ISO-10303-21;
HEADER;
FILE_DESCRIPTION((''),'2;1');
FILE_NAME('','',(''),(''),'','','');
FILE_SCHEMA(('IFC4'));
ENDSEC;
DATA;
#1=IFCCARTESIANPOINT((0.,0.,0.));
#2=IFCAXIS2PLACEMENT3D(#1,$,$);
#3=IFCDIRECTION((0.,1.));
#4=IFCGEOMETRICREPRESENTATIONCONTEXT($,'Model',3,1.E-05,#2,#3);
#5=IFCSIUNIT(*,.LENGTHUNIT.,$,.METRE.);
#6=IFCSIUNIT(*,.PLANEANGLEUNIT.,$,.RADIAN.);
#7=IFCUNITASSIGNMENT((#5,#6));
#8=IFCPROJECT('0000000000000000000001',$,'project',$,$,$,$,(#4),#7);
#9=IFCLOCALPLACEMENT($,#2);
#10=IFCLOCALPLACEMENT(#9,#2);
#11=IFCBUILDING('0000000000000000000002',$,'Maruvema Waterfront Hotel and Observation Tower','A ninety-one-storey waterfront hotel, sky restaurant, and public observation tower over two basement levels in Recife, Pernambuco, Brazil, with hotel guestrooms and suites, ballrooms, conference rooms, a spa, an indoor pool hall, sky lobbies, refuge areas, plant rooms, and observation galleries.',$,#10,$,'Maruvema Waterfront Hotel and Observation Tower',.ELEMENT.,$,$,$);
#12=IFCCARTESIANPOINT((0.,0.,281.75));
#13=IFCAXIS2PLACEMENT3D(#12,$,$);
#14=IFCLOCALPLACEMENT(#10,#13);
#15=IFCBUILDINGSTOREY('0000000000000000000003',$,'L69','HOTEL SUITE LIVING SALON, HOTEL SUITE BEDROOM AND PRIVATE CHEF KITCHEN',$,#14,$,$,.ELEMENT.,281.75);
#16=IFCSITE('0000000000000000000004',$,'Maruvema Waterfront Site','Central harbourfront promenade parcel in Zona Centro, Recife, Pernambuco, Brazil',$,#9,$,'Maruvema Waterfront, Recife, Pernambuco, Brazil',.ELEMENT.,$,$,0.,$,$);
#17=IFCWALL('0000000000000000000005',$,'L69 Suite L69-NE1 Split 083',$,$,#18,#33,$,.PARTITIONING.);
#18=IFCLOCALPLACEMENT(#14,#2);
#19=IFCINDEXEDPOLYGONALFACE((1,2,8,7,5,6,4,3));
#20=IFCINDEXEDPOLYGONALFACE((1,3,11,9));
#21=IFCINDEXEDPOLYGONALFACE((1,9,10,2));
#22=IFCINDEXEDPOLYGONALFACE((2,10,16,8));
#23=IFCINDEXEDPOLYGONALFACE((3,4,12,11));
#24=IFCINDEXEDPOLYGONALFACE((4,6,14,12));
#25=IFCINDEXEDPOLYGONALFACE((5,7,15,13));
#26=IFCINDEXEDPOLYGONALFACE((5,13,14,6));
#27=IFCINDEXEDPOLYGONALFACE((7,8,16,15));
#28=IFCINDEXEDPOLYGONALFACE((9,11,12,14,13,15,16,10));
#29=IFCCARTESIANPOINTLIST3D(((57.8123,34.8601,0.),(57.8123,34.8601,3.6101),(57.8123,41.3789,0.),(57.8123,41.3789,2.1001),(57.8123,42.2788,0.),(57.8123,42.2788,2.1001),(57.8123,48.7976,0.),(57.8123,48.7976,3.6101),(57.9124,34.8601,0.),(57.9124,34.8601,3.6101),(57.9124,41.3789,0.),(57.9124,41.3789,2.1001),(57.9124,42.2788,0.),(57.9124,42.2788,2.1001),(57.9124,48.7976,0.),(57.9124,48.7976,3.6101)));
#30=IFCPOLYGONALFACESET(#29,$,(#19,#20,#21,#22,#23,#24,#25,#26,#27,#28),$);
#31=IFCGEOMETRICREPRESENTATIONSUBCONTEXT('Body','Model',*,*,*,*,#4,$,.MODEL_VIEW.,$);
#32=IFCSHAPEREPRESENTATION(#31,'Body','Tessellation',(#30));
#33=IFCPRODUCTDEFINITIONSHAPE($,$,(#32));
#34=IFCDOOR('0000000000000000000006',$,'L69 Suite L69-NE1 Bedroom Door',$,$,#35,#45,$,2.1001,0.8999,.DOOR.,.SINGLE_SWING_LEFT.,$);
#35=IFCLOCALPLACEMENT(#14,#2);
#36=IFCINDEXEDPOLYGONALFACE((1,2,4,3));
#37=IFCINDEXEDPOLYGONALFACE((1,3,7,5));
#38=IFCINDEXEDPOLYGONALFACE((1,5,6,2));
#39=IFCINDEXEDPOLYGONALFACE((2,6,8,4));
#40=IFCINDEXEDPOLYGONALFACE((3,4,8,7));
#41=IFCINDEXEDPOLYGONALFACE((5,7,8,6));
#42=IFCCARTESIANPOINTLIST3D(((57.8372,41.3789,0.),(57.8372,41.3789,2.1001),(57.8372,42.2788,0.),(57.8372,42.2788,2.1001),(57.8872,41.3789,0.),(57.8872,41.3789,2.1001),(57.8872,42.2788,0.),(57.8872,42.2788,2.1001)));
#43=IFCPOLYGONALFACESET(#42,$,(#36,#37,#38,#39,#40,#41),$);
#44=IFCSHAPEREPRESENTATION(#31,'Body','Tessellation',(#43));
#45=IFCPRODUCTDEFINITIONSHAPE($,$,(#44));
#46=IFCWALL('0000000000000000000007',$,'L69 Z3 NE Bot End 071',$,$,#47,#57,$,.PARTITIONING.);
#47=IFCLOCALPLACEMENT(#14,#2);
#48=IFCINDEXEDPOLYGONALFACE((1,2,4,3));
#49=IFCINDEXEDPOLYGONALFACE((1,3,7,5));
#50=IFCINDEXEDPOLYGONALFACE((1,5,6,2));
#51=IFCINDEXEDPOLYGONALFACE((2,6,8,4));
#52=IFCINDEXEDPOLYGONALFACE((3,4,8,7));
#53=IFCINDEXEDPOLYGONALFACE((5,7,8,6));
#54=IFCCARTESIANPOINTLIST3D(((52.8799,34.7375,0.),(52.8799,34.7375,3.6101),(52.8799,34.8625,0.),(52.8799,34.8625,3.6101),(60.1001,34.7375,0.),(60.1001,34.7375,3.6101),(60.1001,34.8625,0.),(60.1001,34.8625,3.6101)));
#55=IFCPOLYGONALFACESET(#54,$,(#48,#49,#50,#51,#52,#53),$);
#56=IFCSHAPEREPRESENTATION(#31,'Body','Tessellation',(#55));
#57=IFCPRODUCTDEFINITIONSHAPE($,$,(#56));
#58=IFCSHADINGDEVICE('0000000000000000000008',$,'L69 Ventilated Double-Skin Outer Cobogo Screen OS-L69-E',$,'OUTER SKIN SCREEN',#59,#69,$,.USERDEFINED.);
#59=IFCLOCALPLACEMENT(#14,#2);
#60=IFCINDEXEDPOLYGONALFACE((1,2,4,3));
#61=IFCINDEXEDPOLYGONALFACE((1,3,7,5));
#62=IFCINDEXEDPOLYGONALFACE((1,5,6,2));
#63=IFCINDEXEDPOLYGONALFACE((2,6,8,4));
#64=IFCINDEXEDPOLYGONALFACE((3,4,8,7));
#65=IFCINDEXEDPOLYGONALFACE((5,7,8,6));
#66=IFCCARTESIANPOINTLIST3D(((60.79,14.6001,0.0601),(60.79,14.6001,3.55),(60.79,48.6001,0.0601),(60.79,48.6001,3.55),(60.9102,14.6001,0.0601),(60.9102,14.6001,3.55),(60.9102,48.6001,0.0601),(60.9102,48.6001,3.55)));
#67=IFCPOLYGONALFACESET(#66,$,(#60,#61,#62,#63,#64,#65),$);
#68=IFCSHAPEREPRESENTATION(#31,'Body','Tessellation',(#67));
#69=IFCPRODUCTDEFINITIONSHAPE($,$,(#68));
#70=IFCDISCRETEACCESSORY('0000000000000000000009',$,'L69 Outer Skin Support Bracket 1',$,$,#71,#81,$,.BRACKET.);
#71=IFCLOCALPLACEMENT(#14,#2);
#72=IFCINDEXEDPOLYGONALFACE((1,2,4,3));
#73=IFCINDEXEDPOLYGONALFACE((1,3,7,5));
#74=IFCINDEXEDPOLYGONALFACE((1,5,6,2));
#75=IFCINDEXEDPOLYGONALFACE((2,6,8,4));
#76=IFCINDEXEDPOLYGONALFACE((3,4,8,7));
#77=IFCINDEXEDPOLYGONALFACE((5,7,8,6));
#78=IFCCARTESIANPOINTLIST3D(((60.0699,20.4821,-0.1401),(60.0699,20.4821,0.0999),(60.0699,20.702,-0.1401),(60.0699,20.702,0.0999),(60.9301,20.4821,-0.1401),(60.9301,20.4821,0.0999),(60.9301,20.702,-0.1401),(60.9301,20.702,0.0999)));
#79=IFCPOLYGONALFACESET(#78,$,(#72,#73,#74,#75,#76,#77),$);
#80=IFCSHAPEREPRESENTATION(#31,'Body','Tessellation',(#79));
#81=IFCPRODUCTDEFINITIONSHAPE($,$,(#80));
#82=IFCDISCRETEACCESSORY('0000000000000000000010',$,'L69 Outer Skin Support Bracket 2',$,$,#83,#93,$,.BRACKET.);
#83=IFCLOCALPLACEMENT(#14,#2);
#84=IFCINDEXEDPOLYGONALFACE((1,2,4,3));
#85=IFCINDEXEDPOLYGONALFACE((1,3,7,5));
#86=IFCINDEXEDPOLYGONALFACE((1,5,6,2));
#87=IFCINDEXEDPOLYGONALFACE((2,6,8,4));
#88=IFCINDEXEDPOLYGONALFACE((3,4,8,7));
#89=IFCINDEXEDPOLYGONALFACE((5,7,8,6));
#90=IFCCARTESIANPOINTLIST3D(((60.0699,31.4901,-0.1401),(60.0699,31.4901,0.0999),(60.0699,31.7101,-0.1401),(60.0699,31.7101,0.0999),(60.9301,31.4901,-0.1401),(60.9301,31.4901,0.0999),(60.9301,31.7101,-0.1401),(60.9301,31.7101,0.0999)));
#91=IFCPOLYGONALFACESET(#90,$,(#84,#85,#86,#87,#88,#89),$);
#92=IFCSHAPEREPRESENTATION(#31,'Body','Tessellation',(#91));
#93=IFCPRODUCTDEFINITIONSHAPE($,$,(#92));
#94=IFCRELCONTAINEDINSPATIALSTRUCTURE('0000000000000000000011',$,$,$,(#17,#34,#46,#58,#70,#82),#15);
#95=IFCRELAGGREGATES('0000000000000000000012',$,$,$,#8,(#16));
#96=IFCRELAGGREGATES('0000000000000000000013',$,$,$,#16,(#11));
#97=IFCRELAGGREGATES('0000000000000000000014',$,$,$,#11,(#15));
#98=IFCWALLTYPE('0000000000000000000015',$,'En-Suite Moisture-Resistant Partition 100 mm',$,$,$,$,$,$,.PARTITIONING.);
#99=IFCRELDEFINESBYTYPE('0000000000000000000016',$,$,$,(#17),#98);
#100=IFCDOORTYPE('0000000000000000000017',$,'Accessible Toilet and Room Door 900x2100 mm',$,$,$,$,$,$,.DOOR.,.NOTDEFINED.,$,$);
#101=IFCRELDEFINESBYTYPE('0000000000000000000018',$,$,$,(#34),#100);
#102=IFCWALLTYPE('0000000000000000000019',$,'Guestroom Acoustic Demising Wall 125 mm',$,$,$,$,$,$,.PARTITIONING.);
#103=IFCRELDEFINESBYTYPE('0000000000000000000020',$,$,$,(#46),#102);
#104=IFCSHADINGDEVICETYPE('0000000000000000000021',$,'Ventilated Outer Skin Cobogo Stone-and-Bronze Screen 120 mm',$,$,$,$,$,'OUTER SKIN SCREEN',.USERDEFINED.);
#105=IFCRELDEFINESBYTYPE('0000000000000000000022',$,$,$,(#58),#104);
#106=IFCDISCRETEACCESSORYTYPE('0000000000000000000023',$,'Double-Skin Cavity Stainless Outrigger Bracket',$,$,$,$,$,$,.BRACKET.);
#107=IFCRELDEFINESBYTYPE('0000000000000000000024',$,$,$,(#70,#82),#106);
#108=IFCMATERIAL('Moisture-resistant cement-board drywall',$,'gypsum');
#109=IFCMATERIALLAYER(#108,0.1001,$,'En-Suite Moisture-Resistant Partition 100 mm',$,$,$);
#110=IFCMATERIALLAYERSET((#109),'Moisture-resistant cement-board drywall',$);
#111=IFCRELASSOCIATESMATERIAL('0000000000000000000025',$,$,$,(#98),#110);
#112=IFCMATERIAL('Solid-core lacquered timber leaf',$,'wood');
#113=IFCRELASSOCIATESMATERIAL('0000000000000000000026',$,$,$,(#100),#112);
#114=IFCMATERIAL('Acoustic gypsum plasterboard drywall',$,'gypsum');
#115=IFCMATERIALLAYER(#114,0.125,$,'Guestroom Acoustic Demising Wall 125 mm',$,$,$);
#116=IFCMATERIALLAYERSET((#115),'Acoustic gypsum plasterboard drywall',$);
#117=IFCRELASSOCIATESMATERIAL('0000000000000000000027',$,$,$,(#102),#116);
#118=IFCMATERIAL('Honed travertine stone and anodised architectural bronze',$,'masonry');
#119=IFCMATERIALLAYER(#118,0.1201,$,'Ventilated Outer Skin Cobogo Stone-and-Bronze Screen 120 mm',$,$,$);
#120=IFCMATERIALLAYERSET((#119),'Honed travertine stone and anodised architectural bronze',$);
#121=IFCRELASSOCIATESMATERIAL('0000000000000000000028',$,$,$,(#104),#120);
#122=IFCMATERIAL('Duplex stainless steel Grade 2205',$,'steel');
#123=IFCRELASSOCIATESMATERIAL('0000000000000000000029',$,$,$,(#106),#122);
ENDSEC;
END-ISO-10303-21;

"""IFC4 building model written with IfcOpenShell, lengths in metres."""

from ifc_helpers import new_model, si_unit, direction, frame, frame_2d, origin, origin_2d, place, context, subcontext, project, spatial, rectangle, extrude, material, layer, layer_set, type_object, element, fill, save


model = new_model("IFC4")

# Units and contexts
model_context = context("Model", 3, precision=1e-05, world=origin(), true_north=direction((0.0, 1.0)))
body_context = subcontext(model_context, "Body", "Model", "MODEL_VIEW")
ifc_project = project(units=[si_unit("LENGTHUNIT", "METRE"), si_unit("PLANEANGLEUNIT", "RADIAN")], contexts=[model_context])

# Site, building, storey
site_placement = place(None, origin())
site = spatial("IfcSite", under=ifc_project, at=site_placement, Name="Maruvema Waterfront Site", Description="Central harbourfront promenade parcel in Zona Centro, Recife, Pernambuco, Brazil", LongName="Maruvema Waterfront, Recife, Pernambuco, Brazil", CompositionType="ELEMENT", RefElevation=0.0)
building_placement = place(site_placement, origin())
building = spatial("IfcBuilding", under=site, at=building_placement, Name="Maruvema Waterfront Hotel and Observation Tower", Description="A ninety-one-storey waterfront hotel, sky restaurant, and public observation tower over two basement levels in Recife, Pernambuco, Brazil, with hotel guestrooms and suites, ballrooms, conference rooms, a spa, an indoor pool hall, sky lobbies, refuge areas, plant rooms, and observation galleries.", LongName="Maruvema Waterfront Hotel and Observation Tower", CompositionType="ELEMENT")
storey_placement = place(building_placement, frame((0.0, 0.0, 281.75)))
storey = spatial("IfcBuildingStorey", under=building, at=storey_placement, Name="L69", Description="HOTEL SUITE LIVING SALON, HOTEL SUITE BEDROOM AND PRIVATE CHEF KITCHEN", CompositionType="ELEMENT", Elevation=281.75)

# Wall, opening, door
ifc_material_1 = material(Name="Moisture-resistant cement-board drywall", Category="gypsum")
ifc_layer_1 = layer(ifc_material_1, 0.1001, Name="En-Suite Moisture-Resistant Partition 100 mm")
ifc_layer_set_1 = layer_set([ifc_layer_1], Name="Moisture-resistant cement-board drywall")
wall_type_1 = type_object("IfcWallType", Name="En-Suite Moisture-Resistant Partition 100 mm", PredefinedType="PARTITIONING", material=ifc_layer_set_1)
wall_1_placement = place(storey_placement, frame((57.8623, 34.8601, 0.0), z_axis=(0.0, 0.0, 1.0), x_axis=(0.0, 1.0, 0.0)))
wall_1 = element("IfcWall", 1, at=wall_1_placement, inside=storey, type_object=wall_type_1, Name="L69 Suite L69-NE1 Split 083", PredefinedType="PARTITIONING", context=body_context, shape_type="SweptSolid", body=[
    extrude(rectangle(XDim=13.9375, YDim=0.1001, at=frame_2d((6.9688, 0.0))), origin(), (0.0, 0.0, 1.0), 3.6101),
])
opening_1_placement = place(wall_1_placement, frame((6.5188, 0.0, 0.0)))
opening_1 = element("IfcOpeningElement", 2, at=opening_1_placement, cuts=wall_1, PredefinedType="OPENING", context=body_context, shape_type="SweptSolid", body=[
    extrude(rectangle(XDim=0.8999, YDim=2.1001, at=frame_2d((0.45, 1.05))), frame((0.0, 0.0601, 0.0), z_axis=(0.0, -1.0, 0.0), x_axis=(1.0, 0.0, 0.0)), (0.0, 0.0, 1.0), 0.1201),
])
ifc_material_2 = material(Name="Solid-core lacquered timber leaf", Category="wood")
door_type_1 = type_object("IfcDoorType", Name="Accessible Toilet and Room Door 900x2100 mm", OperationType="NOTDEFINED", PredefinedType="DOOR", material=ifc_material_2)
door_1_placement = place(opening_1_placement, frame((0.8999, 0.0, 0.0), z_axis=(0.0, 0.0, 1.0), x_axis=(-1.0, 0.0, 0.0)))
door_1 = element("IfcDoor", 3, at=door_1_placement, inside=storey, type_object=door_type_1, Name="L69 Suite L69-NE1 Bedroom Door", OperationType="SINGLE_SWING_LEFT", OverallHeight=2.1001, OverallWidth=0.8999, PredefinedType="DOOR", context=body_context, shape_type="SweptSolid", body=[
    extrude(rectangle(XDim=0.8999, YDim=2.1001, at=frame_2d((0.45, 1.05))), frame((0.0, 0.0249, 0.0), z_axis=(0.0, -1.0, 0.0), x_axis=(1.0, 0.0, 0.0)), (0.0, 0.0, 1.0), 0.05),
])
fill(opening_1, door_1)

# Wall
ifc_material_3 = material(Name="Acoustic gypsum plasterboard drywall", Category="gypsum")
ifc_layer_2 = layer(ifc_material_3, 0.125, Name="Guestroom Acoustic Demising Wall 125 mm")
ifc_layer_set_2 = layer_set([ifc_layer_2], Name="Acoustic gypsum plasterboard drywall")
wall_type_2 = type_object("IfcWallType", Name="Guestroom Acoustic Demising Wall 125 mm", PredefinedType="PARTITIONING", material=ifc_layer_set_2)
wall_2_placement = place(storey_placement, frame((52.8799, 34.8, 0.0), z_axis=(0.0, 0.0, 1.0), x_axis=(1.0, 0.0, 0.0)))
element("IfcWall", 4, at=wall_2_placement, inside=storey, type_object=wall_type_2, Name="L69 Z3 NE Bot End 071", PredefinedType="PARTITIONING", context=body_context, shape_type="SweptSolid", body=[
    extrude(rectangle(XDim=7.2202, YDim=0.125, at=frame_2d((3.6101, 0.0))), origin(), (0.0, 0.0, 1.0), 3.6101),
])

# Shading device
ifc_material_4 = material(Name="Honed travertine stone and anodised architectural bronze", Category="masonry")
ifc_layer_3 = layer(ifc_material_4, 0.1201, Name="Ventilated Outer Skin Cobogo Stone-and-Bronze Screen 120 mm")
ifc_layer_set_3 = layer_set([ifc_layer_3], Name="Honed travertine stone and anodised architectural bronze")
shading_device_type = type_object("IfcShadingDeviceType", Name="Ventilated Outer Skin Cobogo Stone-and-Bronze Screen 120 mm", ElementType="OUTER SKIN SCREEN", PredefinedType="USERDEFINED", material=ifc_layer_set_3)
shading_device_placement = place(storey_placement, frame((60.8501, 31.6001, 0.0601), z_axis=(0.0, 0.0, 1.0), x_axis=(0.0, 1.0, 0.0)))
element("IfcShadingDevice", 5, at=shading_device_placement, inside=storey, type_object=shading_device_type, Name="L69 Ventilated Double-Skin Outer Cobogo Screen OS-L69-E", ObjectType="OUTER SKIN SCREEN", PredefinedType="USERDEFINED", context=body_context, shape_type="SweptSolid", body=[
    extrude(rectangle(XDim=34.0, YDim=0.1201, at=origin_2d()), origin(), (0.0, 0.0, 1.0), 3.49),
])

# Discrete accessories
ifc_material_5 = material(Name="Duplex stainless steel Grade 2205", Category="steel")
discrete_accessory_type = type_object("IfcDiscreteAccessoryType", Name="Double-Skin Cavity Stainless Outrigger Bracket", PredefinedType="BRACKET", material=ifc_material_5)
for number, where, z_axis, x_axis, name in (
    (6, (60.5, 20.592, -0.1401), (0.0, 0.0, 1.0), (0.0, 1.0, 0.0), "L69 Outer Skin Support Bracket 1"),
    (7, (60.5, 31.6001, -0.1401), (0.0, 0.0, 1.0), (0.0, 1.0, 0.0), "L69 Outer Skin Support Bracket 2"),
):
    element("IfcDiscreteAccessory", number, at=place(storey_placement, frame(where, z_axis=z_axis, x_axis=x_axis)), inside=storey, type_object=discrete_accessory_type, Name=name, PredefinedType="BRACKET", context=body_context, shape_type="SweptSolid", body=[
        extrude(rectangle(XDim=0.22, YDim=0.8601, at=origin_2d()), origin(), (0.0, 0.0, 1.0), 0.24),
    ])

save(model, "model.ifc")
